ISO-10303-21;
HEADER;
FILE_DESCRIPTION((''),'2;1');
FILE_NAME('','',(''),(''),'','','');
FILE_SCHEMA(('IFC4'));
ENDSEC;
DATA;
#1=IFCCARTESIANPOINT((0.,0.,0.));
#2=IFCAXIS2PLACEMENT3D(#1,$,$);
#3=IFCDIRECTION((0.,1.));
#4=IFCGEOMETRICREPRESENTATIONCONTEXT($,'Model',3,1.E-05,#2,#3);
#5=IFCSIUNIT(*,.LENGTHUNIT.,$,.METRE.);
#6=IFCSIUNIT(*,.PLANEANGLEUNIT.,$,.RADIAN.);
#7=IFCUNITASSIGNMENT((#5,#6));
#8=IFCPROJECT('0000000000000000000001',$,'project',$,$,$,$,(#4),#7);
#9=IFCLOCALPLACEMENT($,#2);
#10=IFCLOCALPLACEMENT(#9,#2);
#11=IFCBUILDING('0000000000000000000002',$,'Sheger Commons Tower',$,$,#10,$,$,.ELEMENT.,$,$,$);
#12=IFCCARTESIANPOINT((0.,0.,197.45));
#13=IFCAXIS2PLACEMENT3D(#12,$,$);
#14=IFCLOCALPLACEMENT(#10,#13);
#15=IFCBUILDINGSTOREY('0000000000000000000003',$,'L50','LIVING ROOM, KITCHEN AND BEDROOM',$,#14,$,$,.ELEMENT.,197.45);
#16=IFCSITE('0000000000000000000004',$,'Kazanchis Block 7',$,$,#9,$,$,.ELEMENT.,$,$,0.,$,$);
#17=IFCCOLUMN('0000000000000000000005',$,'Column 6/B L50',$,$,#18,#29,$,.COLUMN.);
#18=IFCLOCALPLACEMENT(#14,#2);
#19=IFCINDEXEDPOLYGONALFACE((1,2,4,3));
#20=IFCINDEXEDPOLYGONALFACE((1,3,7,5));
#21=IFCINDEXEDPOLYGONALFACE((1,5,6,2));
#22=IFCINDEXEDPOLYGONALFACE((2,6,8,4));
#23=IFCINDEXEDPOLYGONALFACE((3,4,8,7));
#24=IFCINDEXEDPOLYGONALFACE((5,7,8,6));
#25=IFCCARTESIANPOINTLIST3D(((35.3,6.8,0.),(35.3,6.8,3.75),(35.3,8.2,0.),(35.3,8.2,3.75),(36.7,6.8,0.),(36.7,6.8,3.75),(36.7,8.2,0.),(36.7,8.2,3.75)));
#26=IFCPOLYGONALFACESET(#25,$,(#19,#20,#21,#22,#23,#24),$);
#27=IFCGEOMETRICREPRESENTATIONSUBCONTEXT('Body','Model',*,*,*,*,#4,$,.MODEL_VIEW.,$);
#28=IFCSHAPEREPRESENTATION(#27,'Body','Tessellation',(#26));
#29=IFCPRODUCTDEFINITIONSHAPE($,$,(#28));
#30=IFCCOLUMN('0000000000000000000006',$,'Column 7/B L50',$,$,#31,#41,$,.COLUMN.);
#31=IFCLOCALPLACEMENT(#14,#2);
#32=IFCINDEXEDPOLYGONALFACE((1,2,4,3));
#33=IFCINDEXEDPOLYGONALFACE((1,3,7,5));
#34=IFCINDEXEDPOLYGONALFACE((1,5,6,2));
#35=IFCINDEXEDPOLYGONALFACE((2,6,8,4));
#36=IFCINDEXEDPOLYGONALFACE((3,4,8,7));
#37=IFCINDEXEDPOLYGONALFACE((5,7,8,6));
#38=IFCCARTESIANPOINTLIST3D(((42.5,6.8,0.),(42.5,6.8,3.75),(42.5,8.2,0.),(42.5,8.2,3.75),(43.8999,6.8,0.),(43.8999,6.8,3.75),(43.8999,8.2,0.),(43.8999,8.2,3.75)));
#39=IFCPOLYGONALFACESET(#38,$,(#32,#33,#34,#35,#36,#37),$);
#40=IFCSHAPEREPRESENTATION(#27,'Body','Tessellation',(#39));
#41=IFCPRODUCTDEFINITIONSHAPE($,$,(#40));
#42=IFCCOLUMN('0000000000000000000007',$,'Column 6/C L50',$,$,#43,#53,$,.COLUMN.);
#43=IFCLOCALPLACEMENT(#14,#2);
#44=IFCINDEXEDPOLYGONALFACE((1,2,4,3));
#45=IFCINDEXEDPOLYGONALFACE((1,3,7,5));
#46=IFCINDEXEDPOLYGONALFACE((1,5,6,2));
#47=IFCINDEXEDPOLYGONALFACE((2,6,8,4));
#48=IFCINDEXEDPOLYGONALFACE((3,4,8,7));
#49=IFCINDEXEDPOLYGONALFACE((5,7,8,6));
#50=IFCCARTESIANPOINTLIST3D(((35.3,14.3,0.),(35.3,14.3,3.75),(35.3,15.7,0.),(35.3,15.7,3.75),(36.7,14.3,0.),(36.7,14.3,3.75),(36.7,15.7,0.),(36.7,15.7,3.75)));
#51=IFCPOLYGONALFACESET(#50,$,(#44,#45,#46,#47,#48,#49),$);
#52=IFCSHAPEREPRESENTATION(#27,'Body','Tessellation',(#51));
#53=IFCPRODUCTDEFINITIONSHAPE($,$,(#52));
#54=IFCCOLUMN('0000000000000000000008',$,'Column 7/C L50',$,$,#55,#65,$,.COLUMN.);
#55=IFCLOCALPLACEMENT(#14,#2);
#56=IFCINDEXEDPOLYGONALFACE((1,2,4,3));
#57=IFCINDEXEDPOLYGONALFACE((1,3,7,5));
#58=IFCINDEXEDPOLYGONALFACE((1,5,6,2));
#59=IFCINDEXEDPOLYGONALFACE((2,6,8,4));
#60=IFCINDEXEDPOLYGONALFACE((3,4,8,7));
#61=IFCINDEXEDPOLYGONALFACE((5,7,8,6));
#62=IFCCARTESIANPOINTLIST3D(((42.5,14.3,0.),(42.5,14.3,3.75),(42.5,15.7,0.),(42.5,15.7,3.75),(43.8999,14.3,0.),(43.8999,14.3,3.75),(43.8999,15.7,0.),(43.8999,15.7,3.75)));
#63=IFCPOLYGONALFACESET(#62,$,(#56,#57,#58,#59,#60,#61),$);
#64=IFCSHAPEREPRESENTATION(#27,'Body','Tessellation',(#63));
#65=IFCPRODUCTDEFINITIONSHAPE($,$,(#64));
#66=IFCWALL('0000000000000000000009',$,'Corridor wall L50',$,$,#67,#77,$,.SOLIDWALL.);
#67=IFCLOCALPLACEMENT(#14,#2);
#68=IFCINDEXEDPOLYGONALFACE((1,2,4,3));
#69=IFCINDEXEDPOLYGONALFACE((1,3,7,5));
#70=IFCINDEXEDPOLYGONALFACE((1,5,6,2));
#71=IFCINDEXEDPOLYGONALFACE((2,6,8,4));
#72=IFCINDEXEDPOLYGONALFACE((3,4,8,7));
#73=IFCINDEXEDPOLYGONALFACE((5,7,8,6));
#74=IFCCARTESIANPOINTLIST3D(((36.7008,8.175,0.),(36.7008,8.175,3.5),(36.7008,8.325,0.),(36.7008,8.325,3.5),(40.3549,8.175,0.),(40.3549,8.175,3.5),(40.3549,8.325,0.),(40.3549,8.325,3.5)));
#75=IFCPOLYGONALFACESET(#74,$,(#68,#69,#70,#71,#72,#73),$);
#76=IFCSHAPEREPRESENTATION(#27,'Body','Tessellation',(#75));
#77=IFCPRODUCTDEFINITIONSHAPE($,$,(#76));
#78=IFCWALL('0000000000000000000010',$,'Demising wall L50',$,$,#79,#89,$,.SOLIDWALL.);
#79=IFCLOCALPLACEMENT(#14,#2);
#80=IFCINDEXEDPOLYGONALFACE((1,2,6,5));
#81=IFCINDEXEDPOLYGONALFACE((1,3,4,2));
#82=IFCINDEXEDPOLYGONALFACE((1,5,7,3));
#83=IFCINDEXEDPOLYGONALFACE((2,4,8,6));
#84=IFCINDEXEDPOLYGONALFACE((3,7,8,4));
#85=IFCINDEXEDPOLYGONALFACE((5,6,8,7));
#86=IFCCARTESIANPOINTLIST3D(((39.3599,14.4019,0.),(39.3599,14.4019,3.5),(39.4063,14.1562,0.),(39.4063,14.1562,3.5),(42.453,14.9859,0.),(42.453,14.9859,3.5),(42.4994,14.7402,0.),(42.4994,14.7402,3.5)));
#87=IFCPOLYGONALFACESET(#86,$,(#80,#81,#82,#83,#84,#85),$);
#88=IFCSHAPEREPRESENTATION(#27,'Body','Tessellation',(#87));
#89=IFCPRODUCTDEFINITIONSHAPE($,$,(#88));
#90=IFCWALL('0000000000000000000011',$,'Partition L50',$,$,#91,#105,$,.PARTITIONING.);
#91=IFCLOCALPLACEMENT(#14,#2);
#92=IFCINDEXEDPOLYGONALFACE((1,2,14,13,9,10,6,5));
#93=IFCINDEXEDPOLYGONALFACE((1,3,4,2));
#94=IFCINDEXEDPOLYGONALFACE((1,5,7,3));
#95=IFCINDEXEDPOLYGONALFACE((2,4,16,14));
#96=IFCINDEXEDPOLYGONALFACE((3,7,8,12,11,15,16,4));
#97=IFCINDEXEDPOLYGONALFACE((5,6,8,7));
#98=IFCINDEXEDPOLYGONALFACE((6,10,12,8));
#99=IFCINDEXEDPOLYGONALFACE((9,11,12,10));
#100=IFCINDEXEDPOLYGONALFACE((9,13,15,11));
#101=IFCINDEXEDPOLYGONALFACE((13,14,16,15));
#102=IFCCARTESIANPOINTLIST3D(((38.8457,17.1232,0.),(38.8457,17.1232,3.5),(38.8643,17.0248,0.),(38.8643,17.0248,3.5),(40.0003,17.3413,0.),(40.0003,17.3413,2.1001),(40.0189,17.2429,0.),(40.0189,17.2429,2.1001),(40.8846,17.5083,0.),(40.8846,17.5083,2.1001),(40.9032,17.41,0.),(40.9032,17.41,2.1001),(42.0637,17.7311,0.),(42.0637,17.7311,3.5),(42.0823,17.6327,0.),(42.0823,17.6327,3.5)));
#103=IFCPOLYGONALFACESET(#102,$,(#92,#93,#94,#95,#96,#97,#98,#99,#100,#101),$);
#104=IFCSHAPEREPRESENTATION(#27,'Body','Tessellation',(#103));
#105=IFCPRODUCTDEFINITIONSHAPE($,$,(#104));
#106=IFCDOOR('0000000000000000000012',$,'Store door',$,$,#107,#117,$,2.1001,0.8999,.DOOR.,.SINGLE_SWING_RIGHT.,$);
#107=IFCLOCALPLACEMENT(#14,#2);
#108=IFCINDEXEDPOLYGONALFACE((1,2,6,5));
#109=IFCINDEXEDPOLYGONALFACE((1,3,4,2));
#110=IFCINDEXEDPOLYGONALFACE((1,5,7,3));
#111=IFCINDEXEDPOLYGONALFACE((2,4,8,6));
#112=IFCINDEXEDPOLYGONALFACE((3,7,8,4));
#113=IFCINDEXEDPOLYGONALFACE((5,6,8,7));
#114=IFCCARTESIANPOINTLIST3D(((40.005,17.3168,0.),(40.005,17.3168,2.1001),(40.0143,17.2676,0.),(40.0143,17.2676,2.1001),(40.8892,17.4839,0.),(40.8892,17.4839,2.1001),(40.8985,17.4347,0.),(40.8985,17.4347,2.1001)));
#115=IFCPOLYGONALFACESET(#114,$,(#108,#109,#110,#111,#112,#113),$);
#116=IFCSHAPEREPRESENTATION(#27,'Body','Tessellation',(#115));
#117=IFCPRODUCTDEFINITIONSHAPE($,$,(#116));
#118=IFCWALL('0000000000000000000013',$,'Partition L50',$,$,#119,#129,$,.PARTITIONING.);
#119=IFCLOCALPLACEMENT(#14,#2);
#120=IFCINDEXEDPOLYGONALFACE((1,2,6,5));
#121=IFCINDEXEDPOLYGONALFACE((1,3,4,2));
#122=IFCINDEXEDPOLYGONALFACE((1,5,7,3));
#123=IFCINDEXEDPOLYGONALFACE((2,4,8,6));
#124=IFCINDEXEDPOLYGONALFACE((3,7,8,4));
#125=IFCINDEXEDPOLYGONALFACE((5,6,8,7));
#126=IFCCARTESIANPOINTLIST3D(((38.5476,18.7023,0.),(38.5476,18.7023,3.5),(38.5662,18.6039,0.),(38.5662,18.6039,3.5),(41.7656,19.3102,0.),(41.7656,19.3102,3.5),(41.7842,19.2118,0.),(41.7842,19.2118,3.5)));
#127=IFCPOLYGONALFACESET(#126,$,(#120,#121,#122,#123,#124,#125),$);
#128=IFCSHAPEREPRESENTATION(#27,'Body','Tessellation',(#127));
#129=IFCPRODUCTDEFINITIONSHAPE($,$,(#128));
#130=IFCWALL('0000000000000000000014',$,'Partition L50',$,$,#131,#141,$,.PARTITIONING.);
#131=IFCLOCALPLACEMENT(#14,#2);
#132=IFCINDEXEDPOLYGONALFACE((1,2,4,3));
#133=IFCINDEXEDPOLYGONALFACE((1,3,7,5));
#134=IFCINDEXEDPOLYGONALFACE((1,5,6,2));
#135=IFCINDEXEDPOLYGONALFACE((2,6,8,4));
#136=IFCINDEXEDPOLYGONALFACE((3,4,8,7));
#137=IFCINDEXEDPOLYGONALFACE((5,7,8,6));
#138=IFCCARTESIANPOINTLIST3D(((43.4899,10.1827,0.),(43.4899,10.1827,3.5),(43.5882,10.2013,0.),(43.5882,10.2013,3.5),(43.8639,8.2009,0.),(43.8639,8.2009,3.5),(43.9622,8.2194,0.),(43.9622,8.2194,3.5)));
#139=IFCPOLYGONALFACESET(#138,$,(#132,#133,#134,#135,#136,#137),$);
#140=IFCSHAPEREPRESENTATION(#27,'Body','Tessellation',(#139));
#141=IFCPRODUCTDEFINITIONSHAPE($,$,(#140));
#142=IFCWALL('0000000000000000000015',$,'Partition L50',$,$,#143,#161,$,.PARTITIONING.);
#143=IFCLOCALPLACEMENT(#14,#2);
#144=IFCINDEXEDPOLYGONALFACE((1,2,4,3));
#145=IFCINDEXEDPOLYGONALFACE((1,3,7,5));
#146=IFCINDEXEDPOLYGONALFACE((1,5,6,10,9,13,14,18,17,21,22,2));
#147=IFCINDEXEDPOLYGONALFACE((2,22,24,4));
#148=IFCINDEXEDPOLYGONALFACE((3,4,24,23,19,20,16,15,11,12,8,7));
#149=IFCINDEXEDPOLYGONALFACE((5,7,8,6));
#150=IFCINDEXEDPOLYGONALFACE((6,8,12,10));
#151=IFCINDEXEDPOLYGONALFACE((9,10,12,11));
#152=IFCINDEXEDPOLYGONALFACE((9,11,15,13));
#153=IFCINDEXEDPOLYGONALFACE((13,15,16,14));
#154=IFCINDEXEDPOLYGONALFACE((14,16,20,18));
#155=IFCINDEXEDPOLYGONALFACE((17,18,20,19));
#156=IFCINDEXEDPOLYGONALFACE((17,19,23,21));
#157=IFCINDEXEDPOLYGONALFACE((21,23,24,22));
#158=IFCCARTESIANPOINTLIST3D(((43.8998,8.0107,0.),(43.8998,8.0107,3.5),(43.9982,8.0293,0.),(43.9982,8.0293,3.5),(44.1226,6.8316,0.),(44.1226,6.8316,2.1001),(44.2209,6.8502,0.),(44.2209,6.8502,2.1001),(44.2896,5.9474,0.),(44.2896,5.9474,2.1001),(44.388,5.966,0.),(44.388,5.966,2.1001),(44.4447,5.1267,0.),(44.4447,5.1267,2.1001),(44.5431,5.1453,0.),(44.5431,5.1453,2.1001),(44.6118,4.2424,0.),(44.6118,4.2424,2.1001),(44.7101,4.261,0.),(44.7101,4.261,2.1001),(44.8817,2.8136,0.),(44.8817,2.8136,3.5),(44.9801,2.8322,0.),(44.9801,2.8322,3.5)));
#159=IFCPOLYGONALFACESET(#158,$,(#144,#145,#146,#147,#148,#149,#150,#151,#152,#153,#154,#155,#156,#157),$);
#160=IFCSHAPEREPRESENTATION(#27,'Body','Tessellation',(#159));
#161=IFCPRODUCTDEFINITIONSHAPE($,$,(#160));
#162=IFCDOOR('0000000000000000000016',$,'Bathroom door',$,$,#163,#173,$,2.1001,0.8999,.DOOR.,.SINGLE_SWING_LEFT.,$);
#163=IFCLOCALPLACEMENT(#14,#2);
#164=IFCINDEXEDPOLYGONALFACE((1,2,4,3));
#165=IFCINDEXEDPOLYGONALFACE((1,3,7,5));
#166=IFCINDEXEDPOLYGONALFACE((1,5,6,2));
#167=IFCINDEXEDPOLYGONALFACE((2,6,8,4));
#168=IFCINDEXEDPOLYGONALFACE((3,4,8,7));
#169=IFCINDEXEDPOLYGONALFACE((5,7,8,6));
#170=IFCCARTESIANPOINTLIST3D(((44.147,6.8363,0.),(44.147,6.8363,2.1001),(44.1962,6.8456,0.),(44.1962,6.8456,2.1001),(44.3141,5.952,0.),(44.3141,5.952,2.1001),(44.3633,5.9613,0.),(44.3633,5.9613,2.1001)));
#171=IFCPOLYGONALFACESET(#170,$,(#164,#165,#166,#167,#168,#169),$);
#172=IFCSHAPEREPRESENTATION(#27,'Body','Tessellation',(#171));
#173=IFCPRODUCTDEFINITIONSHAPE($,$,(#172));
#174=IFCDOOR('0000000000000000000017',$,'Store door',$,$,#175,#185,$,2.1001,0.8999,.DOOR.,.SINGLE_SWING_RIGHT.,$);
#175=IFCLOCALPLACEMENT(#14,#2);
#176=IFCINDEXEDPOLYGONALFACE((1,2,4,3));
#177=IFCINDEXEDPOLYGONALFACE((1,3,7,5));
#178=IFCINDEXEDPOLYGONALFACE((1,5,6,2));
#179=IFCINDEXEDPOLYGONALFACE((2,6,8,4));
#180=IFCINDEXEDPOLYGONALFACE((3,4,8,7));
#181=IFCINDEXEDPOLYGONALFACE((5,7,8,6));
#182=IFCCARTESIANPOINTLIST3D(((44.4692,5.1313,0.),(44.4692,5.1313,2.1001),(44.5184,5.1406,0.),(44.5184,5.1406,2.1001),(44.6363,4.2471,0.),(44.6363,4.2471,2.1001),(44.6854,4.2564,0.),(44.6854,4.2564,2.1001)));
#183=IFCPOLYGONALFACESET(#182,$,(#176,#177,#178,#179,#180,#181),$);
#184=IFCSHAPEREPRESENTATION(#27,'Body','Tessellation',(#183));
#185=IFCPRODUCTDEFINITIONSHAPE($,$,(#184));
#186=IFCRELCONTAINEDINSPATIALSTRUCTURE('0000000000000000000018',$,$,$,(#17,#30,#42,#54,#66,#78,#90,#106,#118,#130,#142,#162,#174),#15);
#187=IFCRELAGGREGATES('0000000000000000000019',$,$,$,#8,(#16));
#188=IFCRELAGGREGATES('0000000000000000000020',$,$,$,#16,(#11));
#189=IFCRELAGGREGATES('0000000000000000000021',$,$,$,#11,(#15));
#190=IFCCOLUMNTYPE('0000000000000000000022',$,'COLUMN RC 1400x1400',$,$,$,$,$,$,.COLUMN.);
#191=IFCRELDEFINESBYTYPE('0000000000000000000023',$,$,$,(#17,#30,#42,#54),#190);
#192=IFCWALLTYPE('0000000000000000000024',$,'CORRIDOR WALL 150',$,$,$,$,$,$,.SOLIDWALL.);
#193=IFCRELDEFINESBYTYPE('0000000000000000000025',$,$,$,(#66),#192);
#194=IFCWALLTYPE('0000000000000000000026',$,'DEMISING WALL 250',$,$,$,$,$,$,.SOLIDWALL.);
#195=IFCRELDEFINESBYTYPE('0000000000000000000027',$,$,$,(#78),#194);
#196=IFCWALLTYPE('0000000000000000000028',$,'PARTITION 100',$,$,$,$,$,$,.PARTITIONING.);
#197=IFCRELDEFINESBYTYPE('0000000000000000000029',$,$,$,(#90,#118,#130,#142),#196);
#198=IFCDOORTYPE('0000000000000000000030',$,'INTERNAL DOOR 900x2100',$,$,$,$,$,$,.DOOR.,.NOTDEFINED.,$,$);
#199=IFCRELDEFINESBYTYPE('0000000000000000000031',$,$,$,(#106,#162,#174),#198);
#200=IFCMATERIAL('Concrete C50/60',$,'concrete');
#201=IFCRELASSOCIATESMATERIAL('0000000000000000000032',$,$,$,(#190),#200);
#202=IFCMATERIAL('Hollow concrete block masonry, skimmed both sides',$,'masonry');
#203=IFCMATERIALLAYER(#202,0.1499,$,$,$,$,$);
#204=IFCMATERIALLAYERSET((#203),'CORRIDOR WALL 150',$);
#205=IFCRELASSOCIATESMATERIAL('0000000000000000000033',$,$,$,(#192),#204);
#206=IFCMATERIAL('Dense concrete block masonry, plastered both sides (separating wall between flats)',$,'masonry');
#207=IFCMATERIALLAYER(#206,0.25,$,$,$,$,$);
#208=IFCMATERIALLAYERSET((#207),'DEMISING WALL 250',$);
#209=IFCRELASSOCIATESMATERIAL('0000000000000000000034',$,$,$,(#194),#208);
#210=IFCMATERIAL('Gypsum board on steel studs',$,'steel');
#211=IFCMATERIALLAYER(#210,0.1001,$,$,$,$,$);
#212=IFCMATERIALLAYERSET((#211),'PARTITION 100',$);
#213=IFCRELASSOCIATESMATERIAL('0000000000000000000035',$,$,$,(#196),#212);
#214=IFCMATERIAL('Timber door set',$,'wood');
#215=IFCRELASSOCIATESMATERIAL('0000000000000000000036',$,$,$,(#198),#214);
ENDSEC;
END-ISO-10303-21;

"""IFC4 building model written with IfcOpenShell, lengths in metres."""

from ifc_helpers import new_model, si_unit, direction, frame, frame_2d, origin, origin_2d, place, context, subcontext, project, spatial, rectangle, extrude, material, layer, layer_set, material_profile, profile_set, type_object, element, fill, save


model = new_model("IFC4")

# Units and contexts
model_context = context("Model", 3, precision=1e-05, world=origin(), true_north=direction((0.0, 1.0)))
body_context = subcontext(model_context, "Body", "Model", "MODEL_VIEW")
ifc_project = project(units=[si_unit("LENGTHUNIT", "METRE"), si_unit("PLANEANGLEUNIT", "RADIAN")], contexts=[model_context])

# Site, building, storey
site_placement = place(None, origin())
site = spatial("IfcSite", under=ifc_project, at=site_placement, Name="Kazanchis Block 7", CompositionType="ELEMENT", RefElevation=0.0)
building_placement = place(site_placement, origin())
building = spatial("IfcBuilding", under=site, at=building_placement, Name="Sheger Commons Tower", CompositionType="ELEMENT")
storey_placement = place(building_placement, frame((0.0, 0.0, 197.45)))
storey = spatial("IfcBuildingStorey", under=building, at=storey_placement, Name="L50", Description="LIVING ROOM, KITCHEN AND BEDROOM", CompositionType="ELEMENT", Elevation=197.45)

# Columns
ifc_material_1 = material(Name="Concrete C50/60", Category="concrete")
ifc_material_profile = material_profile(ifc_material_1, rectangle(XDim=1.3999, YDim=1.3999, at=origin_2d()), Name="RC 1400x1400")
ifc_profile_set = profile_set([ifc_material_profile], Name="Concrete C50/60")
column_type = type_object("IfcColumnType", Name="COLUMN RC 1400x1400", PredefinedType="COLUMN", material=ifc_profile_set)
for number, where, z_axis, x_axis, name in (
    (1, (36.0, 7.5, 0.0), (0.0, 0.0, 1.0), (1.0, 0.0, 0.0), "Column 6/B L50"),
    (2, (43.2, 7.5, 0.0), (0.0, 0.0, 1.0), (1.0, 0.0, 0.0), "Column 7/B L50"),
    (3, (36.0, 15.0, 0.0), (0.0, 0.0, 1.0), (1.0, 0.0, 0.0), "Column 6/C L50"),
    (4, (43.2, 15.0, 0.0), (0.0, 0.0, 1.0), (1.0, 0.0, 0.0), "Column 7/C L50"),
):
    element("IfcColumn", number, at=place(storey_placement, frame(where, z_axis=z_axis, x_axis=x_axis)), inside=storey, type_object=column_type, Name=name, PredefinedType="COLUMN", context=body_context, shape_type="SweptSolid", body=[
        extrude(rectangle(XDim=1.3999, YDim=1.3999, at=origin_2d()), origin(), (0.0, 0.0, 1.0), 3.75),
    ])

# Walls
ifc_material_2 = material(Name="Hollow concrete block masonry, skimmed both sides", Category="masonry")
ifc_layer_1 = layer(ifc_material_2, 0.1499)
ifc_layer_set_1 = layer_set([ifc_layer_1], Name="CORRIDOR WALL 150")
wall_type_1 = type_object("IfcWallType", Name="CORRIDOR WALL 150", PredefinedType="SOLIDWALL", material=ifc_layer_set_1)
wall_1_placement = place(storey_placement, frame((40.355, 8.25, 0.0), z_axis=(0.0, 0.0, 1.0), x_axis=(-1.0, 0.0, 0.0)))
element("IfcWall", 5, at=wall_1_placement, inside=storey, type_object=wall_type_1, Name="Corridor wall L50", PredefinedType="SOLIDWALL", context=body_context, shape_type="SweptSolid", body=[
    extrude(rectangle(XDim=3.6541, YDim=0.1499, at=frame_2d((1.8271, 0.0))), origin(), (0.0, 0.0, 1.0), 3.5),
])
ifc_material_3 = material(Name="Dense concrete block masonry, plastered both sides (separating wall between flats)", Category="masonry")
ifc_layer_2 = layer(ifc_material_3, 0.25)
ifc_layer_set_2 = layer_set([ifc_layer_2], Name="DEMISING WALL 250")
wall_type_2 = type_object("IfcWallType", Name="DEMISING WALL 250", PredefinedType="SOLIDWALL", material=ifc_layer_set_2)
wall_2_placement = place(storey_placement, frame((42.4761, 14.863, 0.0), z_axis=(0.0, 0.0, 1.0), x_axis=(-0.982639, -0.185529, 0.0)))
element("IfcWall", 6, at=wall_2_placement, inside=storey, type_object=wall_type_2, Name="Demising wall L50", PredefinedType="SOLIDWALL", context=body_context, shape_type="SweptSolid", body=[
    extrude(rectangle(XDim=3.1477, YDim=0.25, at=frame_2d((1.5737, 0.0))), origin(), (0.0, 0.0, 1.0), 3.5),
])

# Wall, opening, door
ifc_material_4 = material(Name="Gypsum board on steel studs", Category="steel")
ifc_layer_3 = layer(ifc_material_4, 0.1001)
ifc_layer_set_3 = layer_set([ifc_layer_3], Name="PARTITION 100")
wall_type_3 = type_object("IfcWallType", Name="PARTITION 100", PredefinedType="PARTITIONING", material=ifc_layer_set_3)
wall_3_placement = place(storey_placement, frame((42.073, 17.6819, 0.0), z_axis=(0.0, 0.0, 1.0), x_axis=(-0.982621, -0.185625, 0.0)))
wall_3 = element("IfcWall", 7, at=wall_3_placement, inside=storey, type_object=wall_type_3, Name="Partition L50", PredefinedType="PARTITIONING", context=body_context, shape_type="SweptSolid", body=[
    extrude(rectangle(XDim=3.2749, YDim=0.1001, at=frame_2d((1.6375, 0.0))), origin(), (0.0, 0.0, 1.0), 3.5),
])
opening_1_placement = place(wall_3_placement, frame((1.2, 0.0, 0.0)))
opening_1 = element("IfcOpeningElement", 8, at=opening_1_placement, cuts=wall_3, PredefinedType="OPENING", context=body_context, shape_type="SweptSolid", body=[
    extrude(rectangle(XDim=0.8999, YDim=2.1001, at=frame_2d((0.45, 1.05))), frame((0.0, 0.0601, 0.0), z_axis=(0.0, -1.0, 0.0), x_axis=(1.0, 0.0, 0.0)), (0.0, 0.0, 1.0), 0.1201),
])
ifc_material_5 = material(Name="Timber door set", Category="wood")
door_type_1 = type_object("IfcDoorType", Name="INTERNAL DOOR 900x2100", OperationType="NOTDEFINED", PredefinedType="DOOR", material=ifc_material_5)
door_1_placement = place(opening_1_placement, origin())
door_1 = element("IfcDoor", 9, at=door_1_placement, inside=storey, type_object=door_type_1, Name="Store door", OperationType="SINGLE_SWING_RIGHT", OverallHeight=2.1001, OverallWidth=0.8999, PredefinedType="DOOR", context=body_context, shape_type="SweptSolid", body=[
    extrude(rectangle(XDim=0.8999, YDim=2.1001, at=frame_2d((0.45, 1.05))), frame((0.0, 0.0249, 0.0), z_axis=(0.0, -1.0, 0.0), x_axis=(1.0, 0.0, 0.0)), (0.0, 0.0, 1.0), 0.05),
])
fill(opening_1, door_1)

# Walls
wall_4_placement = place(storey_placement, frame((41.7749, 19.261, 0.0), z_axis=(0.0, 0.0, 1.0), x_axis=(-0.982621, -0.185625, 0.0)))
element("IfcWall", 10, at=wall_4_placement, inside=storey, type_object=wall_type_3, Name="Partition L50", PredefinedType="PARTITIONING", context=body_context, shape_type="SweptSolid", body=[
    extrude(rectangle(XDim=3.2749, YDim=0.1001, at=frame_2d((1.6375, 0.0))), origin(), (0.0, 0.0, 1.0), 3.5),
])
wall_5_placement = place(storey_placement, frame((43.5391, 10.1919, 0.0), z_axis=(0.0, 0.0, 1.0), x_axis=(0.185443, -0.982655, 0.0)))
element("IfcWall", 11, at=wall_5_placement, inside=storey, type_object=wall_type_3, Name="Partition L50", PredefinedType="PARTITIONING", context=body_context, shape_type="SweptSolid", body=[
    extrude(rectangle(XDim=2.0168, YDim=0.1001, at=frame_2d((1.0083, 0.0))), origin(), (0.0, 0.0, 1.0), 3.5),
])

# Wall, openings, doors
wall_6_placement = place(storey_placement, frame((43.949, 8.02, 0.0), z_axis=(0.0, 0.0, 1.0), x_axis=(0.185657, -0.982615, 0.0)))
wall_6 = element("IfcWall", 12, at=wall_6_placement, inside=storey, type_object=wall_type_3, Name="Partition L50", PredefinedType="PARTITIONING", context=body_context, shape_type="SweptSolid", body=[
    extrude(rectangle(XDim=5.2891, YDim=0.1001, at=frame_2d((2.6445, 0.0))), origin(), (0.0, 0.0, 1.0), 3.5),
])
opening_2_placement = place(wall_6_placement, frame((1.2, 0.0, 0.0)))
opening_2 = element("IfcOpeningElement", 13, at=opening_2_placement, cuts=wall_6, PredefinedType="OPENING", context=body_context, shape_type="SweptSolid", body=[
    extrude(rectangle(XDim=0.8999, YDim=2.1001, at=frame_2d((0.45, 1.05))), frame((0.0, 0.0601, 0.0), z_axis=(0.0, -1.0, 0.0), x_axis=(1.0, 0.0, 0.0)), (0.0, 0.0, 1.0), 0.1201),
])
opening_3_placement = place(wall_6_placement, frame((2.9351, 0.0, 0.0)))
opening_3 = element("IfcOpeningElement", 14, at=opening_3_placement, cuts=wall_6, PredefinedType="OPENING", context=body_context, shape_type="SweptSolid", body=[
    extrude(rectangle(XDim=0.8999, YDim=2.1001, at=frame_2d((0.45, 1.05))), frame((0.0, 0.0601, 0.0), z_axis=(0.0, -1.0, 0.0), x_axis=(1.0, 0.0, 0.0)), (0.0, 0.0, 1.0), 0.1201),
])
door_2_placement = place(opening_2_placement, origin())
door_2 = element("IfcDoor", 15, at=door_2_placement, inside=storey, type_object=door_type_1, Name="Bathroom door", OperationType="SINGLE_SWING_LEFT", OverallHeight=2.1001, OverallWidth=0.8999, PredefinedType="DOOR", context=body_context, shape_type="SweptSolid", body=[
    extrude(rectangle(XDim=0.8999, YDim=2.1001, at=frame_2d((0.45, 1.05))), frame((0.0, 0.0249, 0.0), z_axis=(0.0, -1.0, 0.0), x_axis=(1.0, 0.0, 0.0)), (0.0, 0.0, 1.0), 0.05),
])
fill(opening_2, door_2)
door_3_placement = place(opening_3_placement, origin())
door_3 = element("IfcDoor", 16, at=door_3_placement, inside=storey, type_object=door_type_1, Name="Store door", OperationType="SINGLE_SWING_RIGHT", OverallHeight=2.1001, OverallWidth=0.8999, PredefinedType="DOOR", context=body_context, shape_type="SweptSolid", body=[
    extrude(rectangle(XDim=0.8999, YDim=2.1001, at=frame_2d((0.45, 1.05))), frame((0.0, 0.0249, 0.0), z_axis=(0.0, -1.0, 0.0), x_axis=(1.0, 0.0, 0.0)), (0.0, 0.0, 1.0), 0.05),
])
fill(opening_3, door_3)

save(model, "model.ifc")
